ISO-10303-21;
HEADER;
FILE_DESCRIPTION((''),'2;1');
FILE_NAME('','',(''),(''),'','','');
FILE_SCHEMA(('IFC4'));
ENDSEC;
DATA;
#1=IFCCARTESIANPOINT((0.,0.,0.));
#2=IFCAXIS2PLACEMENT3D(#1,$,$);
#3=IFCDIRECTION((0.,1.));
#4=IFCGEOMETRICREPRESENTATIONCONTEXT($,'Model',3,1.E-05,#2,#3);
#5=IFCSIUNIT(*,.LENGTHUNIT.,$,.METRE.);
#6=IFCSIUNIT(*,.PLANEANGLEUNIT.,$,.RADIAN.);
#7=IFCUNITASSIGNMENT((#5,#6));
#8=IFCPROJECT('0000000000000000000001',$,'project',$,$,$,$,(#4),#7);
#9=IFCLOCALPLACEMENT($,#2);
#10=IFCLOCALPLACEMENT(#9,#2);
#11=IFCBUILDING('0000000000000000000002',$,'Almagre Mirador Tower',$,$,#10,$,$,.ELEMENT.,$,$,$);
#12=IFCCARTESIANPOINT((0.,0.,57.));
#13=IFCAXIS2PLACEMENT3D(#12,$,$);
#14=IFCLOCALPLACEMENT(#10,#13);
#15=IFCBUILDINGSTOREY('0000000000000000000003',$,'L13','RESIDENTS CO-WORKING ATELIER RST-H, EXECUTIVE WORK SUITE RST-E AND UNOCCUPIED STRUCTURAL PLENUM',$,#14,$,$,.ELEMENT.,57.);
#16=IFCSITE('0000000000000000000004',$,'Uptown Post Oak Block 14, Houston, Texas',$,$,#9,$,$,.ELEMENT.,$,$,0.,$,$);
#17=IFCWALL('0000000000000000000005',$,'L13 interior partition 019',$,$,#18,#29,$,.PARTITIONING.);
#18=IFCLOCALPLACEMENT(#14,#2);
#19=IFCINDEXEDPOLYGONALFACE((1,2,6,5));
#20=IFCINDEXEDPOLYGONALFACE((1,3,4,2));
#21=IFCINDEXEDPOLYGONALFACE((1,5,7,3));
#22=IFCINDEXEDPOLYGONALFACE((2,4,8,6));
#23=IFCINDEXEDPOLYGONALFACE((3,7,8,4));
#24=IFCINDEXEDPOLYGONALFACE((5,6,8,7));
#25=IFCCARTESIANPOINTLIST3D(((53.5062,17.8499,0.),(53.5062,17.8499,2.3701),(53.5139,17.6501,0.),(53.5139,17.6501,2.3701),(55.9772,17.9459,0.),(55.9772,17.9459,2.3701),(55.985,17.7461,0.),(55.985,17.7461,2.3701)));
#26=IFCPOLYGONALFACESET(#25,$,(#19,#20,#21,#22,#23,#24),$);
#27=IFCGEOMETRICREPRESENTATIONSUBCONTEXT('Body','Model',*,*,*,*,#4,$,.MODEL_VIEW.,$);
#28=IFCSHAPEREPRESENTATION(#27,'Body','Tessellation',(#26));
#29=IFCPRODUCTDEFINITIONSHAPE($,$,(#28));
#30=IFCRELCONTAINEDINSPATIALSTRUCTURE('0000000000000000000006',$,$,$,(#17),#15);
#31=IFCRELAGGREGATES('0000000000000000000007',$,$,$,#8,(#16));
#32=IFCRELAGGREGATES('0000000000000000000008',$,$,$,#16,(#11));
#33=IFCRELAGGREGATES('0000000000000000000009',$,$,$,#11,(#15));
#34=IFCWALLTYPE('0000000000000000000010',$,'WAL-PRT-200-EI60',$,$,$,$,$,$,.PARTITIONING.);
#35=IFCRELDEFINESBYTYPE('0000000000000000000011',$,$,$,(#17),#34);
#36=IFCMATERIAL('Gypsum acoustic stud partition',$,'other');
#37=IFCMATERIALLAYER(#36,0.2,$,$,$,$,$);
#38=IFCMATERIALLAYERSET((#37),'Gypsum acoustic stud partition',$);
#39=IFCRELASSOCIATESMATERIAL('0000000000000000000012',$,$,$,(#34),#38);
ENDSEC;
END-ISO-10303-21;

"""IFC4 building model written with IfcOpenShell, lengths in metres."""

from ifc_helpers import new_model, si_unit, direction, frame, frame_2d, origin, place, context, subcontext, project, spatial, rectangle, extrude, material, layer, layer_set, type_object, element, save


model = new_model("IFC4")

# Units and contexts
model_context = context("Model", 3, precision=1e-05, world=origin(), true_north=direction((0.0, 1.0)))
body_context = subcontext(model_context, "Body", "Model", "MODEL_VIEW")
ifc_project = project(units=[si_unit("LENGTHUNIT", "METRE"), si_unit("PLANEANGLEUNIT", "RADIAN")], contexts=[model_context])

# Site, building, storey
site_placement = place(None, origin())
site = spatial("IfcSite", under=ifc_project, at=site_placement, Name="Uptown Post Oak Block 14, Houston, Texas", CompositionType="ELEMENT", RefElevation=0.0)
building_placement = place(site_placement, origin())
building = spatial("IfcBuilding", under=site, at=building_placement, Name="Almagre Mirador Tower", CompositionType="ELEMENT")
storey_placement = place(building_placement, frame((0.0, 0.0, 57.0)))
storey = spatial("IfcBuildingStorey", under=building, at=storey_placement, Name="L13", Description="RESIDENTS CO-WORKING ATELIER RST-H, EXECUTIVE WORK SUITE RST-E AND UNOCCUPIED STRUCTURAL PLENUM", CompositionType="ELEMENT", Elevation=57.0)

# Shared definitions
ifc_material_1 = material(Name="Gypsum acoustic stud partition", Category="other")
ifc_layer_1 = layer(ifc_material_1, 0.2)
ifc_layer_set_1 = layer_set([ifc_layer_1], Name="Gypsum acoustic stud partition")
wall_type_1 = type_object("IfcWallType", Name="WAL-PRT-200-EI60", PredefinedType="PARTITIONING", material=ifc_layer_set_1)

# Wall
wall_1_placement = place(storey_placement, frame((55.981, 17.8459, 0.0), z_axis=(0.0, 0.0, 1.0), x_axis=(-0.999247, -0.038801, 0.0)))
element("IfcWall", 1, at=wall_1_placement, inside=storey, type_object=wall_type_1, Name="L13 interior partition 019", PredefinedType="PARTITIONING", context=body_context, shape_type="SweptSolid", body=[
    extrude(rectangle(XDim=2.4729, YDim=0.2, at=frame_2d((1.2363, 0.0))), origin(), (0.0, 0.0, 1.0), 2.3701),
])

save(model, "model.ifc")
